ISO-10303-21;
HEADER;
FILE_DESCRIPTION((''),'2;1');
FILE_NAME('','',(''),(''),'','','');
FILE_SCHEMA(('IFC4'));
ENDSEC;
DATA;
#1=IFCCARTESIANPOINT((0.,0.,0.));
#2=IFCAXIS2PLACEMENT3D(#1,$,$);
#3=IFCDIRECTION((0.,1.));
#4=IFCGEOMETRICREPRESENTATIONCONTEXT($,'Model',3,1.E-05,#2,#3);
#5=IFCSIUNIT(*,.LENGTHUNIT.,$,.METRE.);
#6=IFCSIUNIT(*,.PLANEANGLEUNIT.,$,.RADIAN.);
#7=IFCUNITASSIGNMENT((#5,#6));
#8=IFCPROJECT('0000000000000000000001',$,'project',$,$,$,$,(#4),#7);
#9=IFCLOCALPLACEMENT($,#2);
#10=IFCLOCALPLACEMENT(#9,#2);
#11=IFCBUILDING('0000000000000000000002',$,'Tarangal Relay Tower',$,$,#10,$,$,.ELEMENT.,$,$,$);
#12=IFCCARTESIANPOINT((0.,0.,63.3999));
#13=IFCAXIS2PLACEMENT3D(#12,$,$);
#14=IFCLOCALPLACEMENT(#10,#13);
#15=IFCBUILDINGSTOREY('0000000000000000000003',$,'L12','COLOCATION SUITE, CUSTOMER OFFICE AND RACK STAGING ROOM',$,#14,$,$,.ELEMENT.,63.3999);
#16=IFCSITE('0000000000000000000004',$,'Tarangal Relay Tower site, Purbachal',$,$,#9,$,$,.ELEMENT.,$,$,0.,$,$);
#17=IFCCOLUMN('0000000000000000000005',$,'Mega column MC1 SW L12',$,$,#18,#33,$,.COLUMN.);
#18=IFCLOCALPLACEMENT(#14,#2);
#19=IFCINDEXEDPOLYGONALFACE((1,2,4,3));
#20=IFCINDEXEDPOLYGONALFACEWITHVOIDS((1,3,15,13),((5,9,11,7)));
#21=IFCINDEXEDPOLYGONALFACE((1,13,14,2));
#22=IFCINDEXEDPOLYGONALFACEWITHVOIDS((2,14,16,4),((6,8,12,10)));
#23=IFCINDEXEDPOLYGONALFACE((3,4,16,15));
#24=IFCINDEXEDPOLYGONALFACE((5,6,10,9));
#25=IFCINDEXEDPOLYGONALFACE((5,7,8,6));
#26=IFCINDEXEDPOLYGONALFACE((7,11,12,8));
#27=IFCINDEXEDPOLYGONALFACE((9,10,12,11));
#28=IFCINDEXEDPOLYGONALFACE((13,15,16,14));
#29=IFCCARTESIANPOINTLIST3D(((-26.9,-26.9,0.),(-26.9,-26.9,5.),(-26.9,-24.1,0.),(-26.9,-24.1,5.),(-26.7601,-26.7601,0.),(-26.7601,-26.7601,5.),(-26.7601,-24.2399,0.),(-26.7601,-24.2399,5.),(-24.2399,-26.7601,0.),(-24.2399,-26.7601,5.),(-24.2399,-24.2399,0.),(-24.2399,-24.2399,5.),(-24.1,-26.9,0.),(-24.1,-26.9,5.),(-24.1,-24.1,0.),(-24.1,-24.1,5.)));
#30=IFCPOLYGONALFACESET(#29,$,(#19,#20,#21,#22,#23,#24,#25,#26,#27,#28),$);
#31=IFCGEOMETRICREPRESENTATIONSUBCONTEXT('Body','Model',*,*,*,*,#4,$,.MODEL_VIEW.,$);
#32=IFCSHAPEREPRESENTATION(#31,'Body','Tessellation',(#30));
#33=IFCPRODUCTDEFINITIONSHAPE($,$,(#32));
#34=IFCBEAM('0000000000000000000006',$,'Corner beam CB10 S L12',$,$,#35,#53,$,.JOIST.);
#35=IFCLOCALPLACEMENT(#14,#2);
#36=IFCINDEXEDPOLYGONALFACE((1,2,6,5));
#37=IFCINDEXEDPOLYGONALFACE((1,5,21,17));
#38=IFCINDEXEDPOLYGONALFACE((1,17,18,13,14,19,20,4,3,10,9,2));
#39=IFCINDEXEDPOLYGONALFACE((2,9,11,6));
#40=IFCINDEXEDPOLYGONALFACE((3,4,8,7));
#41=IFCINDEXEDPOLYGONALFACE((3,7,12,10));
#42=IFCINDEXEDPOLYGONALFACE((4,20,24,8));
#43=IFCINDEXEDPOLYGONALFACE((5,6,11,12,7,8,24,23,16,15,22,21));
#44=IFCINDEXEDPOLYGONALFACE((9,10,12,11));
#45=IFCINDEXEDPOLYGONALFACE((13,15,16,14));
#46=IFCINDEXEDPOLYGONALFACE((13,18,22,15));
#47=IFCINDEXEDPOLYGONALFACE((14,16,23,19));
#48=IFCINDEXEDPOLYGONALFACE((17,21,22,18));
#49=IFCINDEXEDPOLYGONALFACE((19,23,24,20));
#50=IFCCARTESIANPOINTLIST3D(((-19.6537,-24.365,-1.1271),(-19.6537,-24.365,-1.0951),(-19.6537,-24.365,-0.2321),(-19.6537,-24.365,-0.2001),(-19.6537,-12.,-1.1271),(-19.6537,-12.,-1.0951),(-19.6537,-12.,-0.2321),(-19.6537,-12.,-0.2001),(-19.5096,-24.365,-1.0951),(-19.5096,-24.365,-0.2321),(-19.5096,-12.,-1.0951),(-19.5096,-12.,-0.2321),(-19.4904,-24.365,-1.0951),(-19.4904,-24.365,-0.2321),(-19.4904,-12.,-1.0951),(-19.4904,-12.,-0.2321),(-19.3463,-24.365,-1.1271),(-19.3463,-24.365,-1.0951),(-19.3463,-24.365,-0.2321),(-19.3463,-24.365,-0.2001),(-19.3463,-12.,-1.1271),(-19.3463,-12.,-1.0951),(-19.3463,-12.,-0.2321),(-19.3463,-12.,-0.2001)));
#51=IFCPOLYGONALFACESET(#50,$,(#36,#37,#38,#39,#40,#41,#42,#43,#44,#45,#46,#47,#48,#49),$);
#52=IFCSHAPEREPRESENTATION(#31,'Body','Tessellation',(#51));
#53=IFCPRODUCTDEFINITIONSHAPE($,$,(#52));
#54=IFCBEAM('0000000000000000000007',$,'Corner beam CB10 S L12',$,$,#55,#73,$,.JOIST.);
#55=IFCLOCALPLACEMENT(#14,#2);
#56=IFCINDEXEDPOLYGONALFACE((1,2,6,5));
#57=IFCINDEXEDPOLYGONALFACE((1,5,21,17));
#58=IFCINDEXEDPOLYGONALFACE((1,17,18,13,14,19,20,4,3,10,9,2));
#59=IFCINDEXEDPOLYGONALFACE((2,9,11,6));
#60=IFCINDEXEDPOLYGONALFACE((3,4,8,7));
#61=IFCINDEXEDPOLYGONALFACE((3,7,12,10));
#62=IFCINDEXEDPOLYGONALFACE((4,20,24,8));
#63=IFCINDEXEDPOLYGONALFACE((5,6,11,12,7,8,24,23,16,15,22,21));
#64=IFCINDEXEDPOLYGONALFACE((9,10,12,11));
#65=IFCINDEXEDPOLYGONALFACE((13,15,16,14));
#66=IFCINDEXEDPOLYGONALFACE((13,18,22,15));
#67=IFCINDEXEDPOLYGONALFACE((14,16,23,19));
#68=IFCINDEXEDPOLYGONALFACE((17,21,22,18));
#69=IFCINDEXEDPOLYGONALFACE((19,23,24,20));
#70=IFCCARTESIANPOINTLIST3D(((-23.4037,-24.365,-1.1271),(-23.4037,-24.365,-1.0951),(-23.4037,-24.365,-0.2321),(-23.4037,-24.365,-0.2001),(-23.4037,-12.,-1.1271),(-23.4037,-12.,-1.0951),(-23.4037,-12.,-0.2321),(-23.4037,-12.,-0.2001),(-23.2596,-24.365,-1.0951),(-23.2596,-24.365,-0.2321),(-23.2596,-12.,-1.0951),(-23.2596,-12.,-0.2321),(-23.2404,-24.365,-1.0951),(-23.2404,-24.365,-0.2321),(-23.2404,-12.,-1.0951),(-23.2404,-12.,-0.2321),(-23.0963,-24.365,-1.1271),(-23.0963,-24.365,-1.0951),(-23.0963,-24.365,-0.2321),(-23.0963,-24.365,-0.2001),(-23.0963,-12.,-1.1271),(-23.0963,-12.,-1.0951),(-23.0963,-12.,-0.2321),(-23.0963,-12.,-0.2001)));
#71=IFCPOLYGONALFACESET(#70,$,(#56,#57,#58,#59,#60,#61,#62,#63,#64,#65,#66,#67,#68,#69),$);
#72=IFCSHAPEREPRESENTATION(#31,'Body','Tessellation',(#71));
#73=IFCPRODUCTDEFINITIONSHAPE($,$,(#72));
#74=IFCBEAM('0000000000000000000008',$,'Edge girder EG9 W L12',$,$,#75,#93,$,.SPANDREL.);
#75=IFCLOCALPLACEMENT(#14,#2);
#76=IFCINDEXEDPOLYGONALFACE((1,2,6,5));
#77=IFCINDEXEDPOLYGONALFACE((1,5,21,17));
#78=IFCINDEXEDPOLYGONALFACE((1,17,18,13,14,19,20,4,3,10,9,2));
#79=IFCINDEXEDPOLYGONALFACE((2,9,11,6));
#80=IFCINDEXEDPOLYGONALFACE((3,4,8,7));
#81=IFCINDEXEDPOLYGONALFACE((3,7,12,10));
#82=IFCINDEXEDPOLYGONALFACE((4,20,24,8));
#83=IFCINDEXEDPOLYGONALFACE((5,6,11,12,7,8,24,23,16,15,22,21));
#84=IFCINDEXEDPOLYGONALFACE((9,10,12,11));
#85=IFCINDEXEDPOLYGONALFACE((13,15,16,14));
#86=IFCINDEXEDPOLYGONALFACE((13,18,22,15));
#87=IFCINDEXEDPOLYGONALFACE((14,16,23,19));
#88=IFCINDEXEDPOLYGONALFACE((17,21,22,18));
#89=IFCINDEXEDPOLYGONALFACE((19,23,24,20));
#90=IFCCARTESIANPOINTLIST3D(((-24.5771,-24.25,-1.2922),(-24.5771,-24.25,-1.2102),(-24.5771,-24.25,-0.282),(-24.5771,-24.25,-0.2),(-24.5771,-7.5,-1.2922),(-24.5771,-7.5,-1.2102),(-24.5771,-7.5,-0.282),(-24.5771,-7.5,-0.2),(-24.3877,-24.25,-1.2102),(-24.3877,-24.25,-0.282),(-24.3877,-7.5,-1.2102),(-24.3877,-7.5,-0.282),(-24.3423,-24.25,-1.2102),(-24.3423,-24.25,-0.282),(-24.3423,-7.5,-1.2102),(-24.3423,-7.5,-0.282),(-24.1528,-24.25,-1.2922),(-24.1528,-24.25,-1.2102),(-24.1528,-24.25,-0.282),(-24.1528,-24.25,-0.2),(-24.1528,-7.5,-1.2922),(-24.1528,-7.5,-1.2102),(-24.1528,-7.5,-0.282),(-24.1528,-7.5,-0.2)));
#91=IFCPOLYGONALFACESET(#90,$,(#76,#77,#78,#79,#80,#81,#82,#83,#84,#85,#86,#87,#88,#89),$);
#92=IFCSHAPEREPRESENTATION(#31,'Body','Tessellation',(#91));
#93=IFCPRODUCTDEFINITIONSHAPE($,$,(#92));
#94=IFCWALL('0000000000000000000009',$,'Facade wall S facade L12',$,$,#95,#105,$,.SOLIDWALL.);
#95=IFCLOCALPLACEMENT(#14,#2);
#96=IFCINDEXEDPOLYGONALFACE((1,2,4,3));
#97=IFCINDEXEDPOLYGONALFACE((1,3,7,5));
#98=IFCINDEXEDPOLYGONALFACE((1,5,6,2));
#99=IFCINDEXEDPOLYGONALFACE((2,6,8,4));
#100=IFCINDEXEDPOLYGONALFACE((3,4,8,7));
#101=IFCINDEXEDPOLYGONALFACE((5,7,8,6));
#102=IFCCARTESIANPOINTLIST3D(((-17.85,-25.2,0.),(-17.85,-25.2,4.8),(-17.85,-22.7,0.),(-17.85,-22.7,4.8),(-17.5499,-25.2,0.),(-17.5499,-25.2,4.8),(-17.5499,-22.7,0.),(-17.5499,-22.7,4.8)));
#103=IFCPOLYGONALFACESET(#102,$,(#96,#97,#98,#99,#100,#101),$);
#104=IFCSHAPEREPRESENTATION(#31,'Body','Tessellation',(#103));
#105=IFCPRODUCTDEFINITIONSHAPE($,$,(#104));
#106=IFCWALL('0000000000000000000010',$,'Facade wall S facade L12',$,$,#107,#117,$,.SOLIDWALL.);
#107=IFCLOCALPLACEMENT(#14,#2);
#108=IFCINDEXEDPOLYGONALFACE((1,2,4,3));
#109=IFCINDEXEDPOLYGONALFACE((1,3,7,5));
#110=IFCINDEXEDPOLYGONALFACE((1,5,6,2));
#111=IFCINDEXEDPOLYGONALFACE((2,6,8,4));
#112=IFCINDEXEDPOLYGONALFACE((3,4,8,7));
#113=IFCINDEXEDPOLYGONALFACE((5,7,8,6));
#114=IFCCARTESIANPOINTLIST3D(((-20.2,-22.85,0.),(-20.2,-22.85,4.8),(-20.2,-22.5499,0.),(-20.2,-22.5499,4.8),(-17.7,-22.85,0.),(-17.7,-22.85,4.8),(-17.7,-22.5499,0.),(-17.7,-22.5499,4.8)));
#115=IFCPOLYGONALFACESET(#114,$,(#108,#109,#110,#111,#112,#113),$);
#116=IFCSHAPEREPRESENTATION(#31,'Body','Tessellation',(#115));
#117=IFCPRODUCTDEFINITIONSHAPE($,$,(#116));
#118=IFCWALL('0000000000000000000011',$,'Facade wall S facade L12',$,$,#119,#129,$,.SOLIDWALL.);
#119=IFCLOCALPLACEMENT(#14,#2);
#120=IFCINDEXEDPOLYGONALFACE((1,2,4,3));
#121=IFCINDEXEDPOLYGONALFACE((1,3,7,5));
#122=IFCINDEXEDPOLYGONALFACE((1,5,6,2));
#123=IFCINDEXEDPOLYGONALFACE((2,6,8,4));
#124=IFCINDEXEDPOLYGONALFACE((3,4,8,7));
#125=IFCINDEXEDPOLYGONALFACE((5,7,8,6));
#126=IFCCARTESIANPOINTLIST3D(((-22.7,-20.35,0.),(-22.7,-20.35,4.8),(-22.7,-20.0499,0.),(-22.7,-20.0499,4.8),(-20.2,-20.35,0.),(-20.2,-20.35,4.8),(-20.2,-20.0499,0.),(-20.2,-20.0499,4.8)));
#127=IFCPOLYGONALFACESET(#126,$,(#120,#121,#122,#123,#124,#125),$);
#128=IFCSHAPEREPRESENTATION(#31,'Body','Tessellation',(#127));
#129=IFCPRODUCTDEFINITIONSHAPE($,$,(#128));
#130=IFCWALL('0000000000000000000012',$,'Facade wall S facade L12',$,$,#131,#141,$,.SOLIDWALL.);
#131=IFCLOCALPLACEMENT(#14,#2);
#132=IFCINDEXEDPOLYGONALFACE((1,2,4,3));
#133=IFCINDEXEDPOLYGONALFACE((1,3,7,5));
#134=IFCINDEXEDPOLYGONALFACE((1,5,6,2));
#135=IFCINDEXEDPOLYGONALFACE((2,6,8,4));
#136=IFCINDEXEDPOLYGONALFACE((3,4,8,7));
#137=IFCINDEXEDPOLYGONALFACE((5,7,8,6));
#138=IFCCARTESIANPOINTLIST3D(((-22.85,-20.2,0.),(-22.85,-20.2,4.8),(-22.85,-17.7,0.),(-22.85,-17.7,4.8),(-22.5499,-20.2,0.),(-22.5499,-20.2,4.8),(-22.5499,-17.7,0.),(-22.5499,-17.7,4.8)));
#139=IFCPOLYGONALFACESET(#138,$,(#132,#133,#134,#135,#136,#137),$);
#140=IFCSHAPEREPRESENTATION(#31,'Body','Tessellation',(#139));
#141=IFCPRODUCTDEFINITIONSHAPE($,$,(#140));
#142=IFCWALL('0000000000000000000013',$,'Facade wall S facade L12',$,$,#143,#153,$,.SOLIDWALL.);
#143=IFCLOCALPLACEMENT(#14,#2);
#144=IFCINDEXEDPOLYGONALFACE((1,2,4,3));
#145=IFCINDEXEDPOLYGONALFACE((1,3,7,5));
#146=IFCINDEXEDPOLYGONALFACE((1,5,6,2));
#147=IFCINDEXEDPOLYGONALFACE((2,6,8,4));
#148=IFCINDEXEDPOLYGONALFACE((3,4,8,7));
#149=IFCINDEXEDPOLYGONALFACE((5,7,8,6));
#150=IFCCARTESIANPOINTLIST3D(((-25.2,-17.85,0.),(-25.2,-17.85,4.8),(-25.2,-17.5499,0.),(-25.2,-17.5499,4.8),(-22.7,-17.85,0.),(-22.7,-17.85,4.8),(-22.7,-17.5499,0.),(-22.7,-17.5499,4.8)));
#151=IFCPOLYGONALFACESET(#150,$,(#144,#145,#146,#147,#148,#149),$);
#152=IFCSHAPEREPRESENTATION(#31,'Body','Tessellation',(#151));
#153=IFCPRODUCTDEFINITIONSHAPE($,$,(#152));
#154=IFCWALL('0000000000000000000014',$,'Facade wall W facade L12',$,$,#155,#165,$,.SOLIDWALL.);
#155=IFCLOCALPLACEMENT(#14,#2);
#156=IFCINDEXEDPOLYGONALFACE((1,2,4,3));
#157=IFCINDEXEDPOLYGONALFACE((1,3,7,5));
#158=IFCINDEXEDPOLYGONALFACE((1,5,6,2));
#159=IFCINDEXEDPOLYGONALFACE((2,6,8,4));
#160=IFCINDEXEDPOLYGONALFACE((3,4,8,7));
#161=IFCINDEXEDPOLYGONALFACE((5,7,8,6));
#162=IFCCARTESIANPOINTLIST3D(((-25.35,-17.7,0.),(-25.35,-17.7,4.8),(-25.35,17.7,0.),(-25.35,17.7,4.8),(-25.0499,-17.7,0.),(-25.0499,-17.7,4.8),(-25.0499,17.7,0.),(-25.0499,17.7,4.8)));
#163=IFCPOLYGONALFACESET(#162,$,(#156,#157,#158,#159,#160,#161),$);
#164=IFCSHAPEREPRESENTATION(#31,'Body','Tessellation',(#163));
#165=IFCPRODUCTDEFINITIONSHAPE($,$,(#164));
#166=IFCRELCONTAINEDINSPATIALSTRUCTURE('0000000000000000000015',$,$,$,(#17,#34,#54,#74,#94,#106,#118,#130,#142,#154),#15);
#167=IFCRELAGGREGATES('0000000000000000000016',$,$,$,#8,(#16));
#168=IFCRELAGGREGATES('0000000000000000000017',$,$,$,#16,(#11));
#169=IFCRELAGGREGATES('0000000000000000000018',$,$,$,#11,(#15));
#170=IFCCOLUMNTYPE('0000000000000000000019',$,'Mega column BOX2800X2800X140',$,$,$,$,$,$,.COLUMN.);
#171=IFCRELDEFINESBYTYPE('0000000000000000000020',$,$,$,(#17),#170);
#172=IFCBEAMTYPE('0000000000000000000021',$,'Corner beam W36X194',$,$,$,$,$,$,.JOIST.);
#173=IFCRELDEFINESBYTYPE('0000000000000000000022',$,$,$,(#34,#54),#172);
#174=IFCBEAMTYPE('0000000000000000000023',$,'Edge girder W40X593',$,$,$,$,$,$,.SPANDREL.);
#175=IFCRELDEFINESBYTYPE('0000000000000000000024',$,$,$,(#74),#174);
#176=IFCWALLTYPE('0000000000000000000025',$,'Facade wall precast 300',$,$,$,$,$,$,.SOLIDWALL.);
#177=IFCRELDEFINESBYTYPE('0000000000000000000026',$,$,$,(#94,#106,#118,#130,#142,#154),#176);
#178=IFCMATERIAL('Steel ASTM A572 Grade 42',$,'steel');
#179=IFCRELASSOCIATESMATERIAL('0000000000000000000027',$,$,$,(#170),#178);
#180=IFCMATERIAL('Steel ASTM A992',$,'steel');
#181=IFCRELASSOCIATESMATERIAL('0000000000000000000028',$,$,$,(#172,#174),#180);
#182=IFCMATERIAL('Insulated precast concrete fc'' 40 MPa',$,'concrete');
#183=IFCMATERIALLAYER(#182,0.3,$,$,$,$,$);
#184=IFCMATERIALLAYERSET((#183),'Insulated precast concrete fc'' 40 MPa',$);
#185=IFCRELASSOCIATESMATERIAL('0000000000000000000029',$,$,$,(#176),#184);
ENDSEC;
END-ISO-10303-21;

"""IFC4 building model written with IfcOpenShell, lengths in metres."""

from ifc_helpers import new_model, si_unit, direction, frame, frame_2d, origin, origin_2d, place, context, subcontext, project, spatial, rectangle, hollow_rectangle, i_section, extrude, material, layer, layer_set, material_profile, profile_set, type_object, element, save


model = new_model("IFC4")

# Units and contexts
model_context = context("Model", 3, precision=1e-05, world=origin(), true_north=direction((0.0, 1.0)))
body_context = subcontext(model_context, "Body", "Model", "MODEL_VIEW")
ifc_project = project(units=[si_unit("LENGTHUNIT", "METRE"), si_unit("PLANEANGLEUNIT", "RADIAN")], contexts=[model_context])

# Site, building, storey
site_placement = place(None, origin())
site = spatial("IfcSite", under=ifc_project, at=site_placement, Name="Tarangal Relay Tower site, Purbachal", CompositionType="ELEMENT", RefElevation=0.0)
building_placement = place(site_placement, origin())
building = spatial("IfcBuilding", under=site, at=building_placement, Name="Tarangal Relay Tower", CompositionType="ELEMENT")
storey_placement = place(building_placement, frame((0.0, 0.0, 63.3999)))
storey = spatial("IfcBuildingStorey", under=building, at=storey_placement, Name="L12", Description="COLOCATION SUITE, CUSTOMER OFFICE AND RACK STAGING ROOM", CompositionType="ELEMENT", Elevation=63.3999)

# Column
ifc_material_1 = material(Name="Steel ASTM A572 Grade 42", Category="steel")
ifc_material_profile_1 = material_profile(ifc_material_1, hollow_rectangle(XDim=2.8, YDim=2.8, WallThickness=0.1399, at=origin_2d()), Name="BOX2800X2800X140")
ifc_profile_set_1 = profile_set([ifc_material_profile_1], Name="Steel ASTM A572 Grade 42")
column_type = type_object("IfcColumnType", Name="Mega column BOX2800X2800X140", PredefinedType="COLUMN", material=ifc_profile_set_1)
column_placement = place(storey_placement, frame((-25.5, -25.5, 0.0), z_axis=(0.0, 0.0, 1.0), x_axis=(1.0, 0.0, 0.0)))
element("IfcColumn", 1, at=column_placement, inside=storey, type_object=column_type, Name="Mega column MC1 SW L12", PredefinedType="COLUMN", context=body_context, shape_type="SweptSolid", body=[
    extrude(hollow_rectangle(XDim=2.8, YDim=2.8, WallThickness=0.1399, at=origin_2d()), origin(), (0.0, 0.0, 1.0), 5.0),
])

# Beams
ifc_material_2 = material(Name="Steel ASTM A992", Category="steel")
ifc_material_profile_2 = material_profile(ifc_material_2, i_section(OverallWidth=0.3074, OverallDepth=0.927, WebThickness=0.0193, FlangeThickness=0.032, at=origin_2d()), Name="W36X194")
ifc_profile_set_2 = profile_set([ifc_material_profile_2], Name="Steel ASTM A992")
beam_type_1 = type_object("IfcBeamType", Name="Corner beam W36X194", PredefinedType="JOIST", material=ifc_profile_set_2)
for number, where, z_axis, x_axis, name in (
    (2, (-19.5, -12.0, -0.6636), (0.0, -1.0, 0.0), (1.0, 0.0, 0.0), "Corner beam CB10 S L12"),
    (3, (-23.25, -12.0, -0.6636), (0.0, -1.0, 0.0), (1.0, 0.0, 0.0), "Corner beam CB10 S L12"),
):
    element("IfcBeam", number, at=place(storey_placement, frame(where, z_axis=z_axis, x_axis=x_axis)), inside=storey, type_object=beam_type_1, Name=name, PredefinedType="JOIST", context=body_context, shape_type="SweptSolid", body=[
        extrude(i_section(OverallWidth=0.3074, OverallDepth=0.927, WebThickness=0.0193, FlangeThickness=0.032, at=origin_2d()), origin(), (0.0, 0.0, 1.0), 12.365),
    ])
ifc_material_profile_3 = material_profile(ifc_material_2, i_section(OverallWidth=0.4243, OverallDepth=1.0923, WebThickness=0.0454, FlangeThickness=0.082, at=origin_2d()), Name="W40X593")
ifc_profile_set_3 = profile_set([ifc_material_profile_3], Name="Steel ASTM A992")
beam_type_2 = type_object("IfcBeamType", Name="Edge girder W40X593", PredefinedType="SPANDREL", material=ifc_profile_set_3)
beam_placement = place(storey_placement, frame((-24.365, -24.25, -0.7461), z_axis=(0.0, 1.0, 0.0), x_axis=(-1.0, 0.0, 0.0)))
element("IfcBeam", 4, at=beam_placement, inside=storey, type_object=beam_type_2, Name="Edge girder EG9 W L12", PredefinedType="SPANDREL", context=body_context, shape_type="SweptSolid", body=[
    extrude(i_section(OverallWidth=0.4243, OverallDepth=1.0923, WebThickness=0.0454, FlangeThickness=0.082, at=origin_2d()), origin(), (0.0, 0.0, 1.0), 16.75),
])

# Walls
ifc_material_3 = material(Name="Insulated precast concrete fc' 40 MPa", Category="concrete")
ifc_layer_1 = layer(ifc_material_3, 0.3)
ifc_layer_set_1 = layer_set([ifc_layer_1], Name="Insulated precast concrete fc' 40 MPa")
wall_type_1 = type_object("IfcWallType", Name="Facade wall precast 300", PredefinedType="SOLIDWALL", material=ifc_layer_set_1)
for number, where, z_axis, x_axis, name in (
    (5, (-17.7, -25.2, 0.0), (0.0, 0.0, 1.0), (0.0, 1.0, 0.0), "Facade wall S facade L12"),
    (6, (-17.7, -22.7, 0.0), (0.0, 0.0, 1.0), (-1.0, 0.0, 0.0), "Facade wall S facade L12"),
):
    element("IfcWall", number, at=place(storey_placement, frame(where, z_axis=z_axis, x_axis=x_axis)), inside=storey, type_object=wall_type_1, Name=name, PredefinedType="SOLIDWALL", context=body_context, shape_type="SweptSolid", body=[
        extrude(rectangle(XDim=2.5, YDim=0.3, at=frame_2d((1.25, 0.0))), origin(), (0.0, 0.0, 1.0), 4.8),
    ])

# Walls
for number, where, z_axis, x_axis, name in (
    (7, (-20.2, -20.2, 0.0), (0.0, 0.0, 1.0), (-1.0, 0.0, 0.0), "Facade wall S facade L12"),
    (8, (-22.7, -20.2, 0.0), (0.0, 0.0, 1.0), (0.0, 1.0, 0.0), "Facade wall S facade L12"),
    (9, (-22.7, -17.7, 0.0), (0.0, 0.0, 1.0), (-1.0, 0.0, 0.0), "Facade wall S facade L12"),
):
    element("IfcWall", number, at=place(storey_placement, frame(where, z_axis=z_axis, x_axis=x_axis)), inside=storey, type_object=wall_type_1, Name=name, PredefinedType="SOLIDWALL", context=body_context, shape_type="SweptSolid", body=[
        extrude(rectangle(XDim=2.5, YDim=0.3, at=frame_2d((1.25, 0.0))), origin(), (0.0, 0.0, 1.0), 4.8),
    ])
wall_1_placement = place(storey_placement, frame((-25.2, -17.7, 0.0), z_axis=(0.0, 0.0, 1.0), x_axis=(0.0, 1.0, 0.0)))
element("IfcWall", 10, at=wall_1_placement, inside=storey, type_object=wall_type_1, Name="Facade wall W facade L12", PredefinedType="SOLIDWALL", context=body_context, shape_type="SweptSolid", body=[
    extrude(rectangle(XDim=35.3999, YDim=0.3, at=frame_2d((17.7, 0.0))), origin(), (0.0, 0.0, 1.0), 4.8),
])

save(model, "model.ifc")
